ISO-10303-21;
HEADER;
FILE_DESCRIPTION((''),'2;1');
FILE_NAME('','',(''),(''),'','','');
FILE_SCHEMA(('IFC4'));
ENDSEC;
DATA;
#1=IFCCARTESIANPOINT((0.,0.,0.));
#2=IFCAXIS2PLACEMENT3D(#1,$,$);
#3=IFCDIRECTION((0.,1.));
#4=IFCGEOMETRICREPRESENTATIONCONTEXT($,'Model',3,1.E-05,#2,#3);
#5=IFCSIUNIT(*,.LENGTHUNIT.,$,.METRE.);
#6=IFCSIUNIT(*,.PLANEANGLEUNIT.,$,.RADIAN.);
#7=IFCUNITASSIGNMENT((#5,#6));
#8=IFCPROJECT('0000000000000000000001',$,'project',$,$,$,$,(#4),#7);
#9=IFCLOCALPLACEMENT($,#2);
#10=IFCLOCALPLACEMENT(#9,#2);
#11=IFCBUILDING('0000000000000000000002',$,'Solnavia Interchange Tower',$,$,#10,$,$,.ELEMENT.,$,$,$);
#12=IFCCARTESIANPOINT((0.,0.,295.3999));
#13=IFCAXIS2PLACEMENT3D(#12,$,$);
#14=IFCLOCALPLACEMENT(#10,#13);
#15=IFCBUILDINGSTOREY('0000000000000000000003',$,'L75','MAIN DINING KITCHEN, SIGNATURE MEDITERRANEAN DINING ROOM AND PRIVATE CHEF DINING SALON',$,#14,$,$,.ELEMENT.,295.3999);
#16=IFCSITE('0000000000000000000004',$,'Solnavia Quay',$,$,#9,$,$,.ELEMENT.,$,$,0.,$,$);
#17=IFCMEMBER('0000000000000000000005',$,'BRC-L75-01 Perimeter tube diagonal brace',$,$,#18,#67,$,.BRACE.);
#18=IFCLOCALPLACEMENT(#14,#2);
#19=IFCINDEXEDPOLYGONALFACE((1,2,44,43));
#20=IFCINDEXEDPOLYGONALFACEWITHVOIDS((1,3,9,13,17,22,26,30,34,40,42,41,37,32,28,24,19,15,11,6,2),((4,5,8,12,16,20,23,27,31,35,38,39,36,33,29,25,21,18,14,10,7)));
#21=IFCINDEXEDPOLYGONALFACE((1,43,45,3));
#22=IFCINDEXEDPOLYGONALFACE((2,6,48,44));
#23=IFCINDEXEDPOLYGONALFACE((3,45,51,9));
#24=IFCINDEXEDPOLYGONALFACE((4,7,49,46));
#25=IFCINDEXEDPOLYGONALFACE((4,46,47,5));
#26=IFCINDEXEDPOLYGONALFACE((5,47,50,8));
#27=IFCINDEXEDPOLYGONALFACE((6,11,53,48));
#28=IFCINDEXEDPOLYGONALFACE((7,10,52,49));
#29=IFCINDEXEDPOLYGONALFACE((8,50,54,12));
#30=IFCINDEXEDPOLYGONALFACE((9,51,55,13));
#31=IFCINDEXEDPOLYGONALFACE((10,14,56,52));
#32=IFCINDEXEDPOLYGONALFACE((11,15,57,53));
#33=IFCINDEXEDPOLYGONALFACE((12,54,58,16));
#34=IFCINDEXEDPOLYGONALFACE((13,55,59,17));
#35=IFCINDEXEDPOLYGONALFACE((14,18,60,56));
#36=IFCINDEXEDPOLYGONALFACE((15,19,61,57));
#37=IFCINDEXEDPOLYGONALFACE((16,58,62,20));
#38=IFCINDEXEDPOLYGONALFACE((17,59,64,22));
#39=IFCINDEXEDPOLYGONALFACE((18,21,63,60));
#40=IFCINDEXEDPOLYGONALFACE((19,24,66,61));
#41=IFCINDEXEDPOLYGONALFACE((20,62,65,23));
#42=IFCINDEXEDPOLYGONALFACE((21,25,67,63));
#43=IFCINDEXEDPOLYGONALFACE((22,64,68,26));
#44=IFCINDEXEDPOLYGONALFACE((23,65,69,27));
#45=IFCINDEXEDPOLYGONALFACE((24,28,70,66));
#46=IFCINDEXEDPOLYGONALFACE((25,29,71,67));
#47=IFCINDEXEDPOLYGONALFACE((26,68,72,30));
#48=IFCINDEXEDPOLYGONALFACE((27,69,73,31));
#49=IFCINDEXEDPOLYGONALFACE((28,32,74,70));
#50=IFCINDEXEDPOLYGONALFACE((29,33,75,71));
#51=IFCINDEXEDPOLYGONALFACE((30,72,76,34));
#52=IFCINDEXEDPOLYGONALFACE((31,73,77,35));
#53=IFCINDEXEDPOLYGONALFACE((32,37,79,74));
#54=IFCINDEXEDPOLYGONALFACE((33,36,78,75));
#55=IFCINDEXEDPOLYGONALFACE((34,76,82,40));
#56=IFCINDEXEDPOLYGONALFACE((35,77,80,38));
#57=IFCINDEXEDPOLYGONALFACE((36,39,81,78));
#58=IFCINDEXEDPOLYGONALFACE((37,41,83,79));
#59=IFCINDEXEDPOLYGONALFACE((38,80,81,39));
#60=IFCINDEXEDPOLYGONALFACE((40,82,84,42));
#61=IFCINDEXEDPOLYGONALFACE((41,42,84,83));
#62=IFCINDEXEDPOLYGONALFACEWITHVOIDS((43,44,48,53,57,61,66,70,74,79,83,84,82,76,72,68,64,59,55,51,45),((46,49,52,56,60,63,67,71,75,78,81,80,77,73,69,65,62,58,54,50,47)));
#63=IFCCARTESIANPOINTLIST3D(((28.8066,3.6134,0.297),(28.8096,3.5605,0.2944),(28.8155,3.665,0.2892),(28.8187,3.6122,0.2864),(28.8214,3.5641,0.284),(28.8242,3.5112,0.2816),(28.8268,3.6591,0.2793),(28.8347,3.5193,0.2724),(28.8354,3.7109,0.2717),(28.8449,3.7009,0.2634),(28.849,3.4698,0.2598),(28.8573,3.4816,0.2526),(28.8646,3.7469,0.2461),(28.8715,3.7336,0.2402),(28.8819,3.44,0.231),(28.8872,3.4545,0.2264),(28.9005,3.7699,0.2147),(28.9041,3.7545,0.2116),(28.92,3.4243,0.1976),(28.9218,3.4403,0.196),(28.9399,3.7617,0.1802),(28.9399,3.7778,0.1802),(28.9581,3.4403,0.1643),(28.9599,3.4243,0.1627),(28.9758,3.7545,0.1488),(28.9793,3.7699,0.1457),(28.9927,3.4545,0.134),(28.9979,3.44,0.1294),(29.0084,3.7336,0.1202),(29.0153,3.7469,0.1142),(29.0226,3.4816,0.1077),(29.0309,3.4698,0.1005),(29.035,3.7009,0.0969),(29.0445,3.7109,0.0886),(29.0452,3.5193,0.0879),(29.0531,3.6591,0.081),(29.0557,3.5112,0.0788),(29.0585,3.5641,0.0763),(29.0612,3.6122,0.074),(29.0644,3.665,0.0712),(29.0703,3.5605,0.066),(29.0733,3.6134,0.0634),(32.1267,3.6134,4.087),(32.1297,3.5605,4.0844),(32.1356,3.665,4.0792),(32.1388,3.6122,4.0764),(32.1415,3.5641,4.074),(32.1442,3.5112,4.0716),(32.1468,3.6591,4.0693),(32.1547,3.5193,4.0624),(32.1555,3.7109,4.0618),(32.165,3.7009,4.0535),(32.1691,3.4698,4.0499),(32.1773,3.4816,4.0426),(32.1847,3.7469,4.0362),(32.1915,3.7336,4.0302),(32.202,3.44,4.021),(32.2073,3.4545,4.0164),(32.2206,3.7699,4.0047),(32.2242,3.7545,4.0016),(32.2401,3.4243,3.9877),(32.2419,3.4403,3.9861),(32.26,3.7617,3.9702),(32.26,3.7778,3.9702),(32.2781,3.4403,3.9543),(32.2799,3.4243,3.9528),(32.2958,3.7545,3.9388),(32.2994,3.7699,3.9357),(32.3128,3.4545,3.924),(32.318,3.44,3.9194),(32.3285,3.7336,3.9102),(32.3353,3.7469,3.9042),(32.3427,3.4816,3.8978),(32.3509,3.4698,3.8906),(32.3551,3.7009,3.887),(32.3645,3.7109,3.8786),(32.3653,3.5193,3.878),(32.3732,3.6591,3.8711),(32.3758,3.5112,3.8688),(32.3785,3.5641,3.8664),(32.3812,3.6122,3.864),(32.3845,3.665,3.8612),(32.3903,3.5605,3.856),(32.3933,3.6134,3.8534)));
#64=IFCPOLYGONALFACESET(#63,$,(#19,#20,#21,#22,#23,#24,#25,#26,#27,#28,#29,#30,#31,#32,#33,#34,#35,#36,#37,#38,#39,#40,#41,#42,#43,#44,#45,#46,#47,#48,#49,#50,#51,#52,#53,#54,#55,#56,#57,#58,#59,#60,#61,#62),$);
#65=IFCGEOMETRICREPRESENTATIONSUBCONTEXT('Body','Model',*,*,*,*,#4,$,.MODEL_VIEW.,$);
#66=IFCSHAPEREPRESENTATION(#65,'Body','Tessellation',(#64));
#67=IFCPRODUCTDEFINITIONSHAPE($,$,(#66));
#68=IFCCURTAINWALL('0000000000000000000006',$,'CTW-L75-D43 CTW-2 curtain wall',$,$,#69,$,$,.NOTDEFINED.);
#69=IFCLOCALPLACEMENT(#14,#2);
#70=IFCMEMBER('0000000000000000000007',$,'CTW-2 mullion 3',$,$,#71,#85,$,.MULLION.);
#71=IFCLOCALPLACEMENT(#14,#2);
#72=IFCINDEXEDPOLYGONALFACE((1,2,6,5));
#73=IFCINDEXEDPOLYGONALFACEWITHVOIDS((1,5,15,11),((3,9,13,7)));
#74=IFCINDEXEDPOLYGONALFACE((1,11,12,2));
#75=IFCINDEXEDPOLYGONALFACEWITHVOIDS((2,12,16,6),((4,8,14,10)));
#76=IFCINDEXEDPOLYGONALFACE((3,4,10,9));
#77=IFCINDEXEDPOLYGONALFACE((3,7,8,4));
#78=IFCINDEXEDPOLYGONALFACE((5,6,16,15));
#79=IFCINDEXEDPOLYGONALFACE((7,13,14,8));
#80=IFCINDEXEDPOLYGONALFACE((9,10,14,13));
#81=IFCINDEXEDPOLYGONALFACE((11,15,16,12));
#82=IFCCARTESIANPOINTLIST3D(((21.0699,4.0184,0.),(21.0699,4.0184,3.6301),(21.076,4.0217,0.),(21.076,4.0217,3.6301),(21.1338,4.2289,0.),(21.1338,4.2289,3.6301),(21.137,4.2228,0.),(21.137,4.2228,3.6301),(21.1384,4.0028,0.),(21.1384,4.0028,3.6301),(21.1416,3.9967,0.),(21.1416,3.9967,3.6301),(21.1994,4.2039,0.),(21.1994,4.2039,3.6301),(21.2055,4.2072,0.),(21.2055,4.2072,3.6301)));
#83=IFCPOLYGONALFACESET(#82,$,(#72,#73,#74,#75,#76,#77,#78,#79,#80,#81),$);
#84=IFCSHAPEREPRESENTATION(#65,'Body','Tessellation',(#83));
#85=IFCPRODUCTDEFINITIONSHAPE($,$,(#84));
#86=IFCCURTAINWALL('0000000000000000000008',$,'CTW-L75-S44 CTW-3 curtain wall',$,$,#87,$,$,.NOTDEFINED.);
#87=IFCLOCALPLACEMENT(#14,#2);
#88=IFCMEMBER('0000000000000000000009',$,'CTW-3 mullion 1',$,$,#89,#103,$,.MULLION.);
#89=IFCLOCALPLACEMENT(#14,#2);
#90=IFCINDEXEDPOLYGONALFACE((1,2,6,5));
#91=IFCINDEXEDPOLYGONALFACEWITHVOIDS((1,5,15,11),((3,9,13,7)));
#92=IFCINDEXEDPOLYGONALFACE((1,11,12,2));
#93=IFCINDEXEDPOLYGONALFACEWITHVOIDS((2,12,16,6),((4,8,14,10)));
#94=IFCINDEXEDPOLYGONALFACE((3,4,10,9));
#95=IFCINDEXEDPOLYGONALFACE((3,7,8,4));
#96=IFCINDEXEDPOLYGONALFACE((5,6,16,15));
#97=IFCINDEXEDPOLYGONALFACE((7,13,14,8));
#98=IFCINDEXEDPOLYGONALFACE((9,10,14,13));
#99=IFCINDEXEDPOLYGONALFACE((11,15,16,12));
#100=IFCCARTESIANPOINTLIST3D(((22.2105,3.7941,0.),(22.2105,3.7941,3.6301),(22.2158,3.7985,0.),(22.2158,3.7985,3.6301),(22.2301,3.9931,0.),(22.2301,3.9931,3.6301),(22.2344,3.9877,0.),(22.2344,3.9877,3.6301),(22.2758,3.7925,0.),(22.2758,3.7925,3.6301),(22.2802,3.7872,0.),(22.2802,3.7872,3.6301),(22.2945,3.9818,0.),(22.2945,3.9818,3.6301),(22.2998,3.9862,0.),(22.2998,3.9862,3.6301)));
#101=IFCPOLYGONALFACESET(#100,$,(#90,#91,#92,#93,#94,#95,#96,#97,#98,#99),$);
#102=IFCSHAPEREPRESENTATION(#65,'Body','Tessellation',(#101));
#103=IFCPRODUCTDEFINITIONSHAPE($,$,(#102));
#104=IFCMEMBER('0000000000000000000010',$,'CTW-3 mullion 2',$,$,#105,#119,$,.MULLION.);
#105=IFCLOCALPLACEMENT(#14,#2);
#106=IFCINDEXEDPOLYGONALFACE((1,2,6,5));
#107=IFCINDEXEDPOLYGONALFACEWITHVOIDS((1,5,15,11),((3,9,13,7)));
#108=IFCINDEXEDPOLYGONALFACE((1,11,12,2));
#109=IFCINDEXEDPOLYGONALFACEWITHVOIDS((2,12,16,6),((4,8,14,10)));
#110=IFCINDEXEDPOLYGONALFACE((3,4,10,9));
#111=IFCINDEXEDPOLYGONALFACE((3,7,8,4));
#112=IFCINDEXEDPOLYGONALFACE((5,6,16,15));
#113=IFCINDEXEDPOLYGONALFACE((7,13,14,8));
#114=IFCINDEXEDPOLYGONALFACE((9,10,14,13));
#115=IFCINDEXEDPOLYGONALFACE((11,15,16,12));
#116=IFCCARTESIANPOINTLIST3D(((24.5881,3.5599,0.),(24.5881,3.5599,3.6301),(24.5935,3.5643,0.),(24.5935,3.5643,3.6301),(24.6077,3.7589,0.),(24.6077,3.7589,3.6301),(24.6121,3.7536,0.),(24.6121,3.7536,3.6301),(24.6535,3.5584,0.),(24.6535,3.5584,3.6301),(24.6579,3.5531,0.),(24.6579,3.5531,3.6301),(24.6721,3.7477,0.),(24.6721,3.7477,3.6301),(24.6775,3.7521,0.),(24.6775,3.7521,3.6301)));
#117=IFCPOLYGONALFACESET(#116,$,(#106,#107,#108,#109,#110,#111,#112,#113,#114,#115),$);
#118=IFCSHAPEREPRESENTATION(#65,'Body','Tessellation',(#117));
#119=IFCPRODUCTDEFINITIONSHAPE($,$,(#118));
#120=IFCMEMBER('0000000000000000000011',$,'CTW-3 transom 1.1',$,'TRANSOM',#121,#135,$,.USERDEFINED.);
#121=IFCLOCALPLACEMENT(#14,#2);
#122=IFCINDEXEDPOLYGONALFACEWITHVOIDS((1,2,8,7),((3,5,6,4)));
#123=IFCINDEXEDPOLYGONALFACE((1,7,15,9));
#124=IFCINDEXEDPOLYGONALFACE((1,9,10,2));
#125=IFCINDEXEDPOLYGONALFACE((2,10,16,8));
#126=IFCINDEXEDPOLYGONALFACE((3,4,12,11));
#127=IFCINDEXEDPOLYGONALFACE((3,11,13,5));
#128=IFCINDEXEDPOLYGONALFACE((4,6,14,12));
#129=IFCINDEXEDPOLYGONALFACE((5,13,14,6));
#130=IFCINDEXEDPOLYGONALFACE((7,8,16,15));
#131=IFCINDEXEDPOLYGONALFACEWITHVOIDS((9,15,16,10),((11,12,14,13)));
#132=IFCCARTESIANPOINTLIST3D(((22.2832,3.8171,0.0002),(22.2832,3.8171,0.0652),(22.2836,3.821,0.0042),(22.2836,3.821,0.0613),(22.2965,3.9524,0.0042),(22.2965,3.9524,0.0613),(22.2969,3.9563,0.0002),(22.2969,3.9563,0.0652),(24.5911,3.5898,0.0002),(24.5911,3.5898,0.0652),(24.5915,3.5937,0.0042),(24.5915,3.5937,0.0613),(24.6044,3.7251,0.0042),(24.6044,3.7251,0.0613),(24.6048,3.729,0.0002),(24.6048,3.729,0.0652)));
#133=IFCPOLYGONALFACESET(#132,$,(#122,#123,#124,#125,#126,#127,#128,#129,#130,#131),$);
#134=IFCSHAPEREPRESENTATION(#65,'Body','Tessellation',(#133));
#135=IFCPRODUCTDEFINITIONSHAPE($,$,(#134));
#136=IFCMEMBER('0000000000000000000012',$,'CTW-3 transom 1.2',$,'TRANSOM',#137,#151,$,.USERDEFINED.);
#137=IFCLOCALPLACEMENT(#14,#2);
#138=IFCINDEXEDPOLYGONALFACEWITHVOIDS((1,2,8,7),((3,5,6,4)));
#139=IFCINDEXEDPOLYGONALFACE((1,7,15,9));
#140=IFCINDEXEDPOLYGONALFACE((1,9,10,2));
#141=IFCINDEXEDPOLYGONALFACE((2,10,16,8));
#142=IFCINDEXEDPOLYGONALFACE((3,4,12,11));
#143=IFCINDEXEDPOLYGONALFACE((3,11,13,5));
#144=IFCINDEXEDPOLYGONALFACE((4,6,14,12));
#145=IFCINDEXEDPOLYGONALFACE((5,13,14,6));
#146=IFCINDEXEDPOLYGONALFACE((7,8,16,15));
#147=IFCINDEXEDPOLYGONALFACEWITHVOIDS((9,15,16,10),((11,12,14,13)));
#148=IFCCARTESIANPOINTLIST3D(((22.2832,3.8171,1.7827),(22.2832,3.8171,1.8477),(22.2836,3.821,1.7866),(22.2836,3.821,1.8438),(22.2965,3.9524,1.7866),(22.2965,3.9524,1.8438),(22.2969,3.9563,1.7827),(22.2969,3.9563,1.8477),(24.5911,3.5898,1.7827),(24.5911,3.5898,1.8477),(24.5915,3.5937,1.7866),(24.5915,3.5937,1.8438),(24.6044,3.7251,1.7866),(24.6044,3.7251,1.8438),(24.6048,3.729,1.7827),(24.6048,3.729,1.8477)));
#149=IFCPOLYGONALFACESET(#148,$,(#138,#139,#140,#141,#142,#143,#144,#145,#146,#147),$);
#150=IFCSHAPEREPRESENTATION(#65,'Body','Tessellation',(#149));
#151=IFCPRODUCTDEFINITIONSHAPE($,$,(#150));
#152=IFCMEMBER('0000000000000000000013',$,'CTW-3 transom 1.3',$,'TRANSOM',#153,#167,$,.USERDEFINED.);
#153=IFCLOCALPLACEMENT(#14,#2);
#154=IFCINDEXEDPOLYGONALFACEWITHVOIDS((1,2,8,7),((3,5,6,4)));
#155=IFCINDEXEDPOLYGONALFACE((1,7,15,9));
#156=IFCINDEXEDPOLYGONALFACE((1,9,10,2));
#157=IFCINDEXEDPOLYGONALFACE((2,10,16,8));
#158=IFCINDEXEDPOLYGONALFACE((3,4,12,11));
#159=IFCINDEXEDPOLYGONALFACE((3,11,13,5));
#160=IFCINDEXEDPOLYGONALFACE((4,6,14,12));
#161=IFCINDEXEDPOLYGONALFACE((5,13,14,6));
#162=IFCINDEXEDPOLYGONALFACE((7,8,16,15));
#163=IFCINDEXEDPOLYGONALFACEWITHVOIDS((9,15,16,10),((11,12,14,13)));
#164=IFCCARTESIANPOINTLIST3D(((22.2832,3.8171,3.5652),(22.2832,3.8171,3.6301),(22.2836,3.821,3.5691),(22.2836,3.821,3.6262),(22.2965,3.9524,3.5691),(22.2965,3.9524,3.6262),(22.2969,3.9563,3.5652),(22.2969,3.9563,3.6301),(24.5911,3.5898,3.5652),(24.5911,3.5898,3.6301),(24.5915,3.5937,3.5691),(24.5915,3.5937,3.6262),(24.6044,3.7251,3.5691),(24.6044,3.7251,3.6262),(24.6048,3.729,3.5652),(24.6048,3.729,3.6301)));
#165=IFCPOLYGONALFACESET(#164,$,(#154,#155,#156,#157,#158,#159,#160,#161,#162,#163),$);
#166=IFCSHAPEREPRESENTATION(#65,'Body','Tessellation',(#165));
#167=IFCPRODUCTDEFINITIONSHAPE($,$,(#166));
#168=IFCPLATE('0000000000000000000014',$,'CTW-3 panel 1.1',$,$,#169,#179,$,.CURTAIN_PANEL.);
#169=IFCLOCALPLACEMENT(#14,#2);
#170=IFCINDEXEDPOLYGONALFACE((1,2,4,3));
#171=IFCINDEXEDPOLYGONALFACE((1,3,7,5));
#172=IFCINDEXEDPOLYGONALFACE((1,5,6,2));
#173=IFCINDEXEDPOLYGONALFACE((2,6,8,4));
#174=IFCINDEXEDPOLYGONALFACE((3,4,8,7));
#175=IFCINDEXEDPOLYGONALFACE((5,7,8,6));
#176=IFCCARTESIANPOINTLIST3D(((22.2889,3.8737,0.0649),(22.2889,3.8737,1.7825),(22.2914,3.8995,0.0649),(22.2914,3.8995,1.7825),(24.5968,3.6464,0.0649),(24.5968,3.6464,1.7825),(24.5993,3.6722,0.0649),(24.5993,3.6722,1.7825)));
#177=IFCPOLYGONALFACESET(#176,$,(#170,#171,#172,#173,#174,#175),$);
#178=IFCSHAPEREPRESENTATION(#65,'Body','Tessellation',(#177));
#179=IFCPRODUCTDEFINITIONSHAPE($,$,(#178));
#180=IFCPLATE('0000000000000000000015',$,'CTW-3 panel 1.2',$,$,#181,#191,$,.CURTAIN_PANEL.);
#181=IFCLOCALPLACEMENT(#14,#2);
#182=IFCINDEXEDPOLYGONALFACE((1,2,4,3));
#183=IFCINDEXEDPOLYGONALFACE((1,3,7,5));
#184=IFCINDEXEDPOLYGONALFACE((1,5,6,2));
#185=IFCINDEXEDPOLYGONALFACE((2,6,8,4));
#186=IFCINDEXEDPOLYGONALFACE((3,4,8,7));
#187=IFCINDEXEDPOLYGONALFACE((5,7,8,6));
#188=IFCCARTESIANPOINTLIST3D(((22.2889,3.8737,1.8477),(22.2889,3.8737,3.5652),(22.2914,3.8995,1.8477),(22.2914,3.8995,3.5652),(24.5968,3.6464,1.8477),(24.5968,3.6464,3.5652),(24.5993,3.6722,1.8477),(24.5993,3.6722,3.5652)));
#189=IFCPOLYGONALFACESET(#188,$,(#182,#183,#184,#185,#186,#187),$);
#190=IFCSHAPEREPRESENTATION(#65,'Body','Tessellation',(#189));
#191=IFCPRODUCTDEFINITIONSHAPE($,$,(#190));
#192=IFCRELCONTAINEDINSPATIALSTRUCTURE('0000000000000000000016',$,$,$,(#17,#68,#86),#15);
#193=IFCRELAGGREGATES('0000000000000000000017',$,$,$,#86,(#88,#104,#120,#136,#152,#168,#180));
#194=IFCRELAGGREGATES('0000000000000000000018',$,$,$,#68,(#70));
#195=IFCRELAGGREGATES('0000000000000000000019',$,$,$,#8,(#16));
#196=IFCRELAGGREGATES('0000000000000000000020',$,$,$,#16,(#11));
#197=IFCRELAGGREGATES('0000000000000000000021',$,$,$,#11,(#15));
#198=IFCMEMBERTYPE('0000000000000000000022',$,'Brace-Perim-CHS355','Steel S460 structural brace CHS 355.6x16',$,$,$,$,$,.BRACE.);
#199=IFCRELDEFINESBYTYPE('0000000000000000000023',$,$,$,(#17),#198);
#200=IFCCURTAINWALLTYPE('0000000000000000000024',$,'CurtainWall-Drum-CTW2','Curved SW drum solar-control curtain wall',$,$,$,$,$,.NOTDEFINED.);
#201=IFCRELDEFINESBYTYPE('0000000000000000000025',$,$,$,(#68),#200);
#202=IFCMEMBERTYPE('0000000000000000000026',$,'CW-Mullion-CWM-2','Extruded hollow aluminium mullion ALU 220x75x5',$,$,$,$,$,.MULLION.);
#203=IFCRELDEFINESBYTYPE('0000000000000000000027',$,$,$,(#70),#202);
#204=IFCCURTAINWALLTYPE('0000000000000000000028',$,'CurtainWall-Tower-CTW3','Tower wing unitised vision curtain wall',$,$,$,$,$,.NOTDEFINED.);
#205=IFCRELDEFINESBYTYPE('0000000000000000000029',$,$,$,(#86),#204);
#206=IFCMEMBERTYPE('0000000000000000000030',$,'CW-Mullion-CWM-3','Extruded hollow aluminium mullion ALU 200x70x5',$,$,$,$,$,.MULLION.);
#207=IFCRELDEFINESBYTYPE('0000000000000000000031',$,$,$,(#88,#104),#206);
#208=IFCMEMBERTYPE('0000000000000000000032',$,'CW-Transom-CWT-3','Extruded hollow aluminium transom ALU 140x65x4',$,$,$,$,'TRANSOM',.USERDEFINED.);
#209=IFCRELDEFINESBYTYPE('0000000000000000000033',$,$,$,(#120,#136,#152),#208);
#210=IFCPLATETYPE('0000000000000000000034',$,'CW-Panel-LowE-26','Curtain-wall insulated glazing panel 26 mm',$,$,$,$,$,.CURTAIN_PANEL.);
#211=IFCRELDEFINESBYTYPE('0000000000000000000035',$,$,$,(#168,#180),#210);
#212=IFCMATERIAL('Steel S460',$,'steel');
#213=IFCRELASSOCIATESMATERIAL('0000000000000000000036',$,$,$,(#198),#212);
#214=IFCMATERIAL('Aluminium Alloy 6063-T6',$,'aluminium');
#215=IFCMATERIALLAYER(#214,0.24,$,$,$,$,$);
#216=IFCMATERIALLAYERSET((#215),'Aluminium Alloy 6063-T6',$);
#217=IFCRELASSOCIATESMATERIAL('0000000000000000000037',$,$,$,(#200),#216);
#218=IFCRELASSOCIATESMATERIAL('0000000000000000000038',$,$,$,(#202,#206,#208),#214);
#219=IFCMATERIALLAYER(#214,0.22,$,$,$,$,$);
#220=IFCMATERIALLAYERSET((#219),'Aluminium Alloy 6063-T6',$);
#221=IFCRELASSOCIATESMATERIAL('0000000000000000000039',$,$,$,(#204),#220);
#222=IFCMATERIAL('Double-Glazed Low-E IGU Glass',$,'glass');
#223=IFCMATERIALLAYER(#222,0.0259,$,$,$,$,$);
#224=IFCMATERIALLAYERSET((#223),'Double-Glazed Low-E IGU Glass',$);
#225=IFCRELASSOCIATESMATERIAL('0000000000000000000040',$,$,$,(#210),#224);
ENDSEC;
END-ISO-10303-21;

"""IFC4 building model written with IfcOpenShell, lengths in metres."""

from ifc_helpers import new_model, si_unit, direction, frame, origin, origin_2d, place, context, subcontext, project, spatial, rectangle, hollow_rectangle, hollow_circle, extrude, material, layer, layer_set, material_profile, profile_set, type_object, element, aggregate, save


model = new_model("IFC4")

# Units and contexts
model_context = context("Model", 3, precision=1e-05, world=origin(), true_north=direction((0.0, 1.0)))
body_context = subcontext(model_context, "Body", "Model", "MODEL_VIEW")
ifc_project = project(units=[si_unit("LENGTHUNIT", "METRE"), si_unit("PLANEANGLEUNIT", "RADIAN")], contexts=[model_context])

# Site, building, storey
site_placement = place(None, origin())
site = spatial("IfcSite", under=ifc_project, at=site_placement, Name="Solnavia Quay", CompositionType="ELEMENT", RefElevation=0.0)
building_placement = place(site_placement, origin())
building = spatial("IfcBuilding", under=site, at=building_placement, Name="Solnavia Interchange Tower", CompositionType="ELEMENT")
storey_placement = place(building_placement, frame((0.0, 0.0, 295.3999)))
storey = spatial("IfcBuildingStorey", under=building, at=storey_placement, Name="L75", Description="MAIN DINING KITCHEN, SIGNATURE MEDITERRANEAN DINING ROOM AND PRIVATE CHEF DINING SALON", CompositionType="ELEMENT", Elevation=295.3999)

# Member
ifc_material_1 = material(Name="Steel S460", Category="steel")
ifc_material_profile_1 = material_profile(ifc_material_1, hollow_circle(Radius=0.1777, WallThickness=0.0161, at=origin_2d()), Name="CHS 355.6x16")
ifc_profile_set_1 = profile_set([ifc_material_profile_1], Name="Steel S460")
member_type_1 = type_object("IfcMemberType", Name="Brace-Perim-CHS355", Description="Steel S460 structural brace CHS 355.6x16", PredefinedType="BRACE", material=ifc_profile_set_1)
member_1_placement = place(storey_placement, frame((28.9399, 3.6001, 0.1802), z_axis=(0.65893, 0.0, 0.752204), x_axis=(0.0, 1.0, 0.0)))
element("IfcMember", 1, at=member_1_placement, inside=storey, type_object=member_type_1, Name="BRC-L75-01 Perimeter tube diagonal brace", PredefinedType="BRACE", context=body_context, shape_type="SweptSolid", body=[
    extrude(hollow_circle(Radius=0.1777, WallThickness=0.0161, at=origin_2d()), origin(), (0.0, 0.0, 1.0), 5.0386),
])

# Curtain wall, member
ifc_material_2 = material(Name="Aluminium Alloy 6063-T6", Category="aluminium")
ifc_layer_1 = layer(ifc_material_2, 0.24)
ifc_layer_set_1 = layer_set([ifc_layer_1], Name="Aluminium Alloy 6063-T6")
curtain_wall_type_1 = type_object("IfcCurtainWallType", Name="CurtainWall-Drum-CTW2", Description="Curved SW drum solar-control curtain wall", PredefinedType="NOTDEFINED", material=ifc_layer_set_1)
curtain_wall_1_placement = place(storey_placement, origin())
curtain_wall_1 = element("IfcCurtainWall", 2, at=curtain_wall_1_placement, inside=storey, type_object=curtain_wall_type_1, Name="CTW-L75-D43 CTW-2 curtain wall", PredefinedType="NOTDEFINED")
ifc_material_profile_2 = material_profile(ifc_material_2, hollow_rectangle(XDim=0.075, YDim=0.22, WallThickness=0.0049, at=origin_2d()), Name="ALU 220x75x5")
ifc_profile_set_2 = profile_set([ifc_material_profile_2], Name="Aluminium Alloy 6063-T6")
member_type_2 = type_object("IfcMemberType", Name="CW-Mullion-CWM-2", Description="Extruded hollow aluminium mullion ALU 220x75x5", PredefinedType="MULLION", material=ifc_profile_set_2)
member_2_placement = place(storey_placement, frame((21.1377, 4.1128, 0.0), z_axis=(0.0, 0.0, 1.0), x_axis=(0.956942, -0.290279, 0.0)))
member_2 = element("IfcMember", 3, at=member_2_placement, type_object=member_type_2, Name="CTW-2 mullion 3", PredefinedType="MULLION", context=body_context, shape_type="SweptSolid", body=[
    extrude(hollow_rectangle(XDim=0.075, YDim=0.22, WallThickness=0.0049, at=origin_2d()), origin(), (0.0, 0.0, 1.0), 3.6301),
])

# Curtain wall, members, plates
ifc_layer_2 = layer(ifc_material_2, 0.22)
ifc_layer_set_2 = layer_set([ifc_layer_2], Name="Aluminium Alloy 6063-T6")
curtain_wall_type_2 = type_object("IfcCurtainWallType", Name="CurtainWall-Tower-CTW3", Description="Tower wing unitised vision curtain wall", PredefinedType="NOTDEFINED", material=ifc_layer_set_2)
curtain_wall_2_placement = place(storey_placement, origin())
curtain_wall_2 = element("IfcCurtainWall", 4, at=curtain_wall_2_placement, inside=storey, type_object=curtain_wall_type_2, Name="CTW-L75-S44 CTW-3 curtain wall", PredefinedType="NOTDEFINED")
ifc_material_profile_3 = material_profile(ifc_material_2, hollow_rectangle(XDim=0.0701, YDim=0.2, WallThickness=0.0049, at=origin_2d()), Name="ALU 200x70x5")
ifc_profile_set_3 = profile_set([ifc_material_profile_3], Name="Aluminium Alloy 6063-T6")
member_type_3 = type_object("IfcMemberType", Name="CW-Mullion-CWM-3", Description="Extruded hollow aluminium mullion ALU 200x70x5", PredefinedType="MULLION", material=ifc_profile_set_3)
member_3_placement = place(storey_placement, frame((22.2551, 3.8901, 0.0), z_axis=(0.0, 0.0, 1.0), x_axis=(0.995186, -0.098006, 0.0)))
member_3 = element("IfcMember", 5, at=member_3_placement, type_object=member_type_3, Name="CTW-3 mullion 1", PredefinedType="MULLION", context=body_context, shape_type="SweptSolid", body=[
    extrude(hollow_rectangle(XDim=0.0701, YDim=0.2, WallThickness=0.0049, at=origin_2d()), origin(), (0.0, 0.0, 1.0), 3.6301),
])
member_4_placement = place(storey_placement, frame((24.6328, 3.656, 0.0), z_axis=(0.0, 0.0, 1.0), x_axis=(0.995186, -0.098006, 0.0)))
member_4 = element("IfcMember", 6, at=member_4_placement, type_object=member_type_3, Name="CTW-3 mullion 2", PredefinedType="MULLION", context=body_context, shape_type="SweptSolid", body=[
    extrude(hollow_rectangle(XDim=0.0701, YDim=0.2, WallThickness=0.0049, at=origin_2d()), origin(), (0.0, 0.0, 1.0), 3.6301),
])
ifc_material_profile_4 = material_profile(ifc_material_2, hollow_rectangle(XDim=0.0649, YDim=0.1399, WallThickness=0.0039, at=origin_2d()), Name="ALU 140x65x4")
ifc_profile_set_4 = profile_set([ifc_material_profile_4], Name="Aluminium Alloy 6063-T6")
member_type_4 = type_object("IfcMemberType", Name="CW-Transom-CWT-3", Description="Extruded hollow aluminium transom ALU 140x65x4", ElementType="TRANSOM", PredefinedType="USERDEFINED", material=ifc_profile_set_4)
member_5_placement = place(storey_placement, frame((22.29, 3.8867, 0.0327), z_axis=(0.995185, -0.098013, 0.0), x_axis=(0.0, 0.0, 1.0)))
member_5 = element("IfcMember", 7, at=member_5_placement, type_object=member_type_4, Name="CTW-3 transom 1.1", ObjectType="TRANSOM", PredefinedType="USERDEFINED", context=body_context, shape_type="SweptSolid", body=[
    extrude(hollow_rectangle(XDim=0.0649, YDim=0.1399, WallThickness=0.0039, at=origin_2d()), origin(), (0.0, 0.0, 1.0), 2.3191),
])
member_6_placement = place(storey_placement, frame((22.29, 3.8867, 1.8152), z_axis=(0.995185, -0.098013, 0.0), x_axis=(0.0, 0.0, 1.0)))
member_6 = element("IfcMember", 8, at=member_6_placement, type_object=member_type_4, Name="CTW-3 transom 1.2", ObjectType="TRANSOM", PredefinedType="USERDEFINED", context=body_context, shape_type="SweptSolid", body=[
    extrude(hollow_rectangle(XDim=0.0649, YDim=0.1399, WallThickness=0.0039, at=origin_2d()), origin(), (0.0, 0.0, 1.0), 2.3191),
])
member_7_placement = place(storey_placement, frame((22.29, 3.8867, 3.5977), z_axis=(0.995185, -0.098013, 0.0), x_axis=(0.0, 0.0, 1.0)))
member_7 = element("IfcMember", 9, at=member_7_placement, type_object=member_type_4, Name="CTW-3 transom 1.3", ObjectType="TRANSOM", PredefinedType="USERDEFINED", context=body_context, shape_type="SweptSolid", body=[
    extrude(hollow_rectangle(XDim=0.0649, YDim=0.1399, WallThickness=0.0039, at=origin_2d()), origin(), (0.0, 0.0, 1.0), 2.3191),
])
ifc_material_3 = material(Name="Double-Glazed Low-E IGU Glass", Category="glass")
ifc_layer_3 = layer(ifc_material_3, 0.0259)
ifc_layer_set_3 = layer_set([ifc_layer_3], Name="Double-Glazed Low-E IGU Glass")
plate_type_1 = type_object("IfcPlateType", Name="CW-Panel-LowE-26", Description="Curtain-wall insulated glazing panel 26 mm", PredefinedType="CURTAIN_PANEL", material=ifc_layer_set_3)
plate_1_placement = place(storey_placement, frame((23.4441, 3.7729, 0.0649), z_axis=(0.0, 0.0, 1.0), x_axis=(0.995186, -0.098006, 0.0)))
plate_1 = element("IfcPlate", 10, at=plate_1_placement, type_object=plate_type_1, Name="CTW-3 panel 1.1", PredefinedType="CURTAIN_PANEL", context=body_context, shape_type="SweptSolid", body=[
    extrude(rectangle(XDim=2.3191, YDim=0.0259, at=origin_2d()), origin(), (0.0, 0.0, 1.0), 1.7175),
])
plate_2_placement = place(storey_placement, frame((23.4441, 3.7729, 1.8477), z_axis=(0.0, 0.0, 1.0), x_axis=(0.995186, -0.098006, 0.0)))
plate_2 = element("IfcPlate", 11, at=plate_2_placement, type_object=plate_type_1, Name="CTW-3 panel 1.2", PredefinedType="CURTAIN_PANEL", context=body_context, shape_type="SweptSolid", body=[
    extrude(rectangle(XDim=2.3191, YDim=0.0259, at=origin_2d()), origin(), (0.0, 0.0, 1.0), 1.7175),
])
aggregate(curtain_wall_2, [member_3, member_4, member_5, member_6, member_7, plate_1, plate_2])

aggregate(curtain_wall_1, [member_2])

save(model, "model.ifc")
